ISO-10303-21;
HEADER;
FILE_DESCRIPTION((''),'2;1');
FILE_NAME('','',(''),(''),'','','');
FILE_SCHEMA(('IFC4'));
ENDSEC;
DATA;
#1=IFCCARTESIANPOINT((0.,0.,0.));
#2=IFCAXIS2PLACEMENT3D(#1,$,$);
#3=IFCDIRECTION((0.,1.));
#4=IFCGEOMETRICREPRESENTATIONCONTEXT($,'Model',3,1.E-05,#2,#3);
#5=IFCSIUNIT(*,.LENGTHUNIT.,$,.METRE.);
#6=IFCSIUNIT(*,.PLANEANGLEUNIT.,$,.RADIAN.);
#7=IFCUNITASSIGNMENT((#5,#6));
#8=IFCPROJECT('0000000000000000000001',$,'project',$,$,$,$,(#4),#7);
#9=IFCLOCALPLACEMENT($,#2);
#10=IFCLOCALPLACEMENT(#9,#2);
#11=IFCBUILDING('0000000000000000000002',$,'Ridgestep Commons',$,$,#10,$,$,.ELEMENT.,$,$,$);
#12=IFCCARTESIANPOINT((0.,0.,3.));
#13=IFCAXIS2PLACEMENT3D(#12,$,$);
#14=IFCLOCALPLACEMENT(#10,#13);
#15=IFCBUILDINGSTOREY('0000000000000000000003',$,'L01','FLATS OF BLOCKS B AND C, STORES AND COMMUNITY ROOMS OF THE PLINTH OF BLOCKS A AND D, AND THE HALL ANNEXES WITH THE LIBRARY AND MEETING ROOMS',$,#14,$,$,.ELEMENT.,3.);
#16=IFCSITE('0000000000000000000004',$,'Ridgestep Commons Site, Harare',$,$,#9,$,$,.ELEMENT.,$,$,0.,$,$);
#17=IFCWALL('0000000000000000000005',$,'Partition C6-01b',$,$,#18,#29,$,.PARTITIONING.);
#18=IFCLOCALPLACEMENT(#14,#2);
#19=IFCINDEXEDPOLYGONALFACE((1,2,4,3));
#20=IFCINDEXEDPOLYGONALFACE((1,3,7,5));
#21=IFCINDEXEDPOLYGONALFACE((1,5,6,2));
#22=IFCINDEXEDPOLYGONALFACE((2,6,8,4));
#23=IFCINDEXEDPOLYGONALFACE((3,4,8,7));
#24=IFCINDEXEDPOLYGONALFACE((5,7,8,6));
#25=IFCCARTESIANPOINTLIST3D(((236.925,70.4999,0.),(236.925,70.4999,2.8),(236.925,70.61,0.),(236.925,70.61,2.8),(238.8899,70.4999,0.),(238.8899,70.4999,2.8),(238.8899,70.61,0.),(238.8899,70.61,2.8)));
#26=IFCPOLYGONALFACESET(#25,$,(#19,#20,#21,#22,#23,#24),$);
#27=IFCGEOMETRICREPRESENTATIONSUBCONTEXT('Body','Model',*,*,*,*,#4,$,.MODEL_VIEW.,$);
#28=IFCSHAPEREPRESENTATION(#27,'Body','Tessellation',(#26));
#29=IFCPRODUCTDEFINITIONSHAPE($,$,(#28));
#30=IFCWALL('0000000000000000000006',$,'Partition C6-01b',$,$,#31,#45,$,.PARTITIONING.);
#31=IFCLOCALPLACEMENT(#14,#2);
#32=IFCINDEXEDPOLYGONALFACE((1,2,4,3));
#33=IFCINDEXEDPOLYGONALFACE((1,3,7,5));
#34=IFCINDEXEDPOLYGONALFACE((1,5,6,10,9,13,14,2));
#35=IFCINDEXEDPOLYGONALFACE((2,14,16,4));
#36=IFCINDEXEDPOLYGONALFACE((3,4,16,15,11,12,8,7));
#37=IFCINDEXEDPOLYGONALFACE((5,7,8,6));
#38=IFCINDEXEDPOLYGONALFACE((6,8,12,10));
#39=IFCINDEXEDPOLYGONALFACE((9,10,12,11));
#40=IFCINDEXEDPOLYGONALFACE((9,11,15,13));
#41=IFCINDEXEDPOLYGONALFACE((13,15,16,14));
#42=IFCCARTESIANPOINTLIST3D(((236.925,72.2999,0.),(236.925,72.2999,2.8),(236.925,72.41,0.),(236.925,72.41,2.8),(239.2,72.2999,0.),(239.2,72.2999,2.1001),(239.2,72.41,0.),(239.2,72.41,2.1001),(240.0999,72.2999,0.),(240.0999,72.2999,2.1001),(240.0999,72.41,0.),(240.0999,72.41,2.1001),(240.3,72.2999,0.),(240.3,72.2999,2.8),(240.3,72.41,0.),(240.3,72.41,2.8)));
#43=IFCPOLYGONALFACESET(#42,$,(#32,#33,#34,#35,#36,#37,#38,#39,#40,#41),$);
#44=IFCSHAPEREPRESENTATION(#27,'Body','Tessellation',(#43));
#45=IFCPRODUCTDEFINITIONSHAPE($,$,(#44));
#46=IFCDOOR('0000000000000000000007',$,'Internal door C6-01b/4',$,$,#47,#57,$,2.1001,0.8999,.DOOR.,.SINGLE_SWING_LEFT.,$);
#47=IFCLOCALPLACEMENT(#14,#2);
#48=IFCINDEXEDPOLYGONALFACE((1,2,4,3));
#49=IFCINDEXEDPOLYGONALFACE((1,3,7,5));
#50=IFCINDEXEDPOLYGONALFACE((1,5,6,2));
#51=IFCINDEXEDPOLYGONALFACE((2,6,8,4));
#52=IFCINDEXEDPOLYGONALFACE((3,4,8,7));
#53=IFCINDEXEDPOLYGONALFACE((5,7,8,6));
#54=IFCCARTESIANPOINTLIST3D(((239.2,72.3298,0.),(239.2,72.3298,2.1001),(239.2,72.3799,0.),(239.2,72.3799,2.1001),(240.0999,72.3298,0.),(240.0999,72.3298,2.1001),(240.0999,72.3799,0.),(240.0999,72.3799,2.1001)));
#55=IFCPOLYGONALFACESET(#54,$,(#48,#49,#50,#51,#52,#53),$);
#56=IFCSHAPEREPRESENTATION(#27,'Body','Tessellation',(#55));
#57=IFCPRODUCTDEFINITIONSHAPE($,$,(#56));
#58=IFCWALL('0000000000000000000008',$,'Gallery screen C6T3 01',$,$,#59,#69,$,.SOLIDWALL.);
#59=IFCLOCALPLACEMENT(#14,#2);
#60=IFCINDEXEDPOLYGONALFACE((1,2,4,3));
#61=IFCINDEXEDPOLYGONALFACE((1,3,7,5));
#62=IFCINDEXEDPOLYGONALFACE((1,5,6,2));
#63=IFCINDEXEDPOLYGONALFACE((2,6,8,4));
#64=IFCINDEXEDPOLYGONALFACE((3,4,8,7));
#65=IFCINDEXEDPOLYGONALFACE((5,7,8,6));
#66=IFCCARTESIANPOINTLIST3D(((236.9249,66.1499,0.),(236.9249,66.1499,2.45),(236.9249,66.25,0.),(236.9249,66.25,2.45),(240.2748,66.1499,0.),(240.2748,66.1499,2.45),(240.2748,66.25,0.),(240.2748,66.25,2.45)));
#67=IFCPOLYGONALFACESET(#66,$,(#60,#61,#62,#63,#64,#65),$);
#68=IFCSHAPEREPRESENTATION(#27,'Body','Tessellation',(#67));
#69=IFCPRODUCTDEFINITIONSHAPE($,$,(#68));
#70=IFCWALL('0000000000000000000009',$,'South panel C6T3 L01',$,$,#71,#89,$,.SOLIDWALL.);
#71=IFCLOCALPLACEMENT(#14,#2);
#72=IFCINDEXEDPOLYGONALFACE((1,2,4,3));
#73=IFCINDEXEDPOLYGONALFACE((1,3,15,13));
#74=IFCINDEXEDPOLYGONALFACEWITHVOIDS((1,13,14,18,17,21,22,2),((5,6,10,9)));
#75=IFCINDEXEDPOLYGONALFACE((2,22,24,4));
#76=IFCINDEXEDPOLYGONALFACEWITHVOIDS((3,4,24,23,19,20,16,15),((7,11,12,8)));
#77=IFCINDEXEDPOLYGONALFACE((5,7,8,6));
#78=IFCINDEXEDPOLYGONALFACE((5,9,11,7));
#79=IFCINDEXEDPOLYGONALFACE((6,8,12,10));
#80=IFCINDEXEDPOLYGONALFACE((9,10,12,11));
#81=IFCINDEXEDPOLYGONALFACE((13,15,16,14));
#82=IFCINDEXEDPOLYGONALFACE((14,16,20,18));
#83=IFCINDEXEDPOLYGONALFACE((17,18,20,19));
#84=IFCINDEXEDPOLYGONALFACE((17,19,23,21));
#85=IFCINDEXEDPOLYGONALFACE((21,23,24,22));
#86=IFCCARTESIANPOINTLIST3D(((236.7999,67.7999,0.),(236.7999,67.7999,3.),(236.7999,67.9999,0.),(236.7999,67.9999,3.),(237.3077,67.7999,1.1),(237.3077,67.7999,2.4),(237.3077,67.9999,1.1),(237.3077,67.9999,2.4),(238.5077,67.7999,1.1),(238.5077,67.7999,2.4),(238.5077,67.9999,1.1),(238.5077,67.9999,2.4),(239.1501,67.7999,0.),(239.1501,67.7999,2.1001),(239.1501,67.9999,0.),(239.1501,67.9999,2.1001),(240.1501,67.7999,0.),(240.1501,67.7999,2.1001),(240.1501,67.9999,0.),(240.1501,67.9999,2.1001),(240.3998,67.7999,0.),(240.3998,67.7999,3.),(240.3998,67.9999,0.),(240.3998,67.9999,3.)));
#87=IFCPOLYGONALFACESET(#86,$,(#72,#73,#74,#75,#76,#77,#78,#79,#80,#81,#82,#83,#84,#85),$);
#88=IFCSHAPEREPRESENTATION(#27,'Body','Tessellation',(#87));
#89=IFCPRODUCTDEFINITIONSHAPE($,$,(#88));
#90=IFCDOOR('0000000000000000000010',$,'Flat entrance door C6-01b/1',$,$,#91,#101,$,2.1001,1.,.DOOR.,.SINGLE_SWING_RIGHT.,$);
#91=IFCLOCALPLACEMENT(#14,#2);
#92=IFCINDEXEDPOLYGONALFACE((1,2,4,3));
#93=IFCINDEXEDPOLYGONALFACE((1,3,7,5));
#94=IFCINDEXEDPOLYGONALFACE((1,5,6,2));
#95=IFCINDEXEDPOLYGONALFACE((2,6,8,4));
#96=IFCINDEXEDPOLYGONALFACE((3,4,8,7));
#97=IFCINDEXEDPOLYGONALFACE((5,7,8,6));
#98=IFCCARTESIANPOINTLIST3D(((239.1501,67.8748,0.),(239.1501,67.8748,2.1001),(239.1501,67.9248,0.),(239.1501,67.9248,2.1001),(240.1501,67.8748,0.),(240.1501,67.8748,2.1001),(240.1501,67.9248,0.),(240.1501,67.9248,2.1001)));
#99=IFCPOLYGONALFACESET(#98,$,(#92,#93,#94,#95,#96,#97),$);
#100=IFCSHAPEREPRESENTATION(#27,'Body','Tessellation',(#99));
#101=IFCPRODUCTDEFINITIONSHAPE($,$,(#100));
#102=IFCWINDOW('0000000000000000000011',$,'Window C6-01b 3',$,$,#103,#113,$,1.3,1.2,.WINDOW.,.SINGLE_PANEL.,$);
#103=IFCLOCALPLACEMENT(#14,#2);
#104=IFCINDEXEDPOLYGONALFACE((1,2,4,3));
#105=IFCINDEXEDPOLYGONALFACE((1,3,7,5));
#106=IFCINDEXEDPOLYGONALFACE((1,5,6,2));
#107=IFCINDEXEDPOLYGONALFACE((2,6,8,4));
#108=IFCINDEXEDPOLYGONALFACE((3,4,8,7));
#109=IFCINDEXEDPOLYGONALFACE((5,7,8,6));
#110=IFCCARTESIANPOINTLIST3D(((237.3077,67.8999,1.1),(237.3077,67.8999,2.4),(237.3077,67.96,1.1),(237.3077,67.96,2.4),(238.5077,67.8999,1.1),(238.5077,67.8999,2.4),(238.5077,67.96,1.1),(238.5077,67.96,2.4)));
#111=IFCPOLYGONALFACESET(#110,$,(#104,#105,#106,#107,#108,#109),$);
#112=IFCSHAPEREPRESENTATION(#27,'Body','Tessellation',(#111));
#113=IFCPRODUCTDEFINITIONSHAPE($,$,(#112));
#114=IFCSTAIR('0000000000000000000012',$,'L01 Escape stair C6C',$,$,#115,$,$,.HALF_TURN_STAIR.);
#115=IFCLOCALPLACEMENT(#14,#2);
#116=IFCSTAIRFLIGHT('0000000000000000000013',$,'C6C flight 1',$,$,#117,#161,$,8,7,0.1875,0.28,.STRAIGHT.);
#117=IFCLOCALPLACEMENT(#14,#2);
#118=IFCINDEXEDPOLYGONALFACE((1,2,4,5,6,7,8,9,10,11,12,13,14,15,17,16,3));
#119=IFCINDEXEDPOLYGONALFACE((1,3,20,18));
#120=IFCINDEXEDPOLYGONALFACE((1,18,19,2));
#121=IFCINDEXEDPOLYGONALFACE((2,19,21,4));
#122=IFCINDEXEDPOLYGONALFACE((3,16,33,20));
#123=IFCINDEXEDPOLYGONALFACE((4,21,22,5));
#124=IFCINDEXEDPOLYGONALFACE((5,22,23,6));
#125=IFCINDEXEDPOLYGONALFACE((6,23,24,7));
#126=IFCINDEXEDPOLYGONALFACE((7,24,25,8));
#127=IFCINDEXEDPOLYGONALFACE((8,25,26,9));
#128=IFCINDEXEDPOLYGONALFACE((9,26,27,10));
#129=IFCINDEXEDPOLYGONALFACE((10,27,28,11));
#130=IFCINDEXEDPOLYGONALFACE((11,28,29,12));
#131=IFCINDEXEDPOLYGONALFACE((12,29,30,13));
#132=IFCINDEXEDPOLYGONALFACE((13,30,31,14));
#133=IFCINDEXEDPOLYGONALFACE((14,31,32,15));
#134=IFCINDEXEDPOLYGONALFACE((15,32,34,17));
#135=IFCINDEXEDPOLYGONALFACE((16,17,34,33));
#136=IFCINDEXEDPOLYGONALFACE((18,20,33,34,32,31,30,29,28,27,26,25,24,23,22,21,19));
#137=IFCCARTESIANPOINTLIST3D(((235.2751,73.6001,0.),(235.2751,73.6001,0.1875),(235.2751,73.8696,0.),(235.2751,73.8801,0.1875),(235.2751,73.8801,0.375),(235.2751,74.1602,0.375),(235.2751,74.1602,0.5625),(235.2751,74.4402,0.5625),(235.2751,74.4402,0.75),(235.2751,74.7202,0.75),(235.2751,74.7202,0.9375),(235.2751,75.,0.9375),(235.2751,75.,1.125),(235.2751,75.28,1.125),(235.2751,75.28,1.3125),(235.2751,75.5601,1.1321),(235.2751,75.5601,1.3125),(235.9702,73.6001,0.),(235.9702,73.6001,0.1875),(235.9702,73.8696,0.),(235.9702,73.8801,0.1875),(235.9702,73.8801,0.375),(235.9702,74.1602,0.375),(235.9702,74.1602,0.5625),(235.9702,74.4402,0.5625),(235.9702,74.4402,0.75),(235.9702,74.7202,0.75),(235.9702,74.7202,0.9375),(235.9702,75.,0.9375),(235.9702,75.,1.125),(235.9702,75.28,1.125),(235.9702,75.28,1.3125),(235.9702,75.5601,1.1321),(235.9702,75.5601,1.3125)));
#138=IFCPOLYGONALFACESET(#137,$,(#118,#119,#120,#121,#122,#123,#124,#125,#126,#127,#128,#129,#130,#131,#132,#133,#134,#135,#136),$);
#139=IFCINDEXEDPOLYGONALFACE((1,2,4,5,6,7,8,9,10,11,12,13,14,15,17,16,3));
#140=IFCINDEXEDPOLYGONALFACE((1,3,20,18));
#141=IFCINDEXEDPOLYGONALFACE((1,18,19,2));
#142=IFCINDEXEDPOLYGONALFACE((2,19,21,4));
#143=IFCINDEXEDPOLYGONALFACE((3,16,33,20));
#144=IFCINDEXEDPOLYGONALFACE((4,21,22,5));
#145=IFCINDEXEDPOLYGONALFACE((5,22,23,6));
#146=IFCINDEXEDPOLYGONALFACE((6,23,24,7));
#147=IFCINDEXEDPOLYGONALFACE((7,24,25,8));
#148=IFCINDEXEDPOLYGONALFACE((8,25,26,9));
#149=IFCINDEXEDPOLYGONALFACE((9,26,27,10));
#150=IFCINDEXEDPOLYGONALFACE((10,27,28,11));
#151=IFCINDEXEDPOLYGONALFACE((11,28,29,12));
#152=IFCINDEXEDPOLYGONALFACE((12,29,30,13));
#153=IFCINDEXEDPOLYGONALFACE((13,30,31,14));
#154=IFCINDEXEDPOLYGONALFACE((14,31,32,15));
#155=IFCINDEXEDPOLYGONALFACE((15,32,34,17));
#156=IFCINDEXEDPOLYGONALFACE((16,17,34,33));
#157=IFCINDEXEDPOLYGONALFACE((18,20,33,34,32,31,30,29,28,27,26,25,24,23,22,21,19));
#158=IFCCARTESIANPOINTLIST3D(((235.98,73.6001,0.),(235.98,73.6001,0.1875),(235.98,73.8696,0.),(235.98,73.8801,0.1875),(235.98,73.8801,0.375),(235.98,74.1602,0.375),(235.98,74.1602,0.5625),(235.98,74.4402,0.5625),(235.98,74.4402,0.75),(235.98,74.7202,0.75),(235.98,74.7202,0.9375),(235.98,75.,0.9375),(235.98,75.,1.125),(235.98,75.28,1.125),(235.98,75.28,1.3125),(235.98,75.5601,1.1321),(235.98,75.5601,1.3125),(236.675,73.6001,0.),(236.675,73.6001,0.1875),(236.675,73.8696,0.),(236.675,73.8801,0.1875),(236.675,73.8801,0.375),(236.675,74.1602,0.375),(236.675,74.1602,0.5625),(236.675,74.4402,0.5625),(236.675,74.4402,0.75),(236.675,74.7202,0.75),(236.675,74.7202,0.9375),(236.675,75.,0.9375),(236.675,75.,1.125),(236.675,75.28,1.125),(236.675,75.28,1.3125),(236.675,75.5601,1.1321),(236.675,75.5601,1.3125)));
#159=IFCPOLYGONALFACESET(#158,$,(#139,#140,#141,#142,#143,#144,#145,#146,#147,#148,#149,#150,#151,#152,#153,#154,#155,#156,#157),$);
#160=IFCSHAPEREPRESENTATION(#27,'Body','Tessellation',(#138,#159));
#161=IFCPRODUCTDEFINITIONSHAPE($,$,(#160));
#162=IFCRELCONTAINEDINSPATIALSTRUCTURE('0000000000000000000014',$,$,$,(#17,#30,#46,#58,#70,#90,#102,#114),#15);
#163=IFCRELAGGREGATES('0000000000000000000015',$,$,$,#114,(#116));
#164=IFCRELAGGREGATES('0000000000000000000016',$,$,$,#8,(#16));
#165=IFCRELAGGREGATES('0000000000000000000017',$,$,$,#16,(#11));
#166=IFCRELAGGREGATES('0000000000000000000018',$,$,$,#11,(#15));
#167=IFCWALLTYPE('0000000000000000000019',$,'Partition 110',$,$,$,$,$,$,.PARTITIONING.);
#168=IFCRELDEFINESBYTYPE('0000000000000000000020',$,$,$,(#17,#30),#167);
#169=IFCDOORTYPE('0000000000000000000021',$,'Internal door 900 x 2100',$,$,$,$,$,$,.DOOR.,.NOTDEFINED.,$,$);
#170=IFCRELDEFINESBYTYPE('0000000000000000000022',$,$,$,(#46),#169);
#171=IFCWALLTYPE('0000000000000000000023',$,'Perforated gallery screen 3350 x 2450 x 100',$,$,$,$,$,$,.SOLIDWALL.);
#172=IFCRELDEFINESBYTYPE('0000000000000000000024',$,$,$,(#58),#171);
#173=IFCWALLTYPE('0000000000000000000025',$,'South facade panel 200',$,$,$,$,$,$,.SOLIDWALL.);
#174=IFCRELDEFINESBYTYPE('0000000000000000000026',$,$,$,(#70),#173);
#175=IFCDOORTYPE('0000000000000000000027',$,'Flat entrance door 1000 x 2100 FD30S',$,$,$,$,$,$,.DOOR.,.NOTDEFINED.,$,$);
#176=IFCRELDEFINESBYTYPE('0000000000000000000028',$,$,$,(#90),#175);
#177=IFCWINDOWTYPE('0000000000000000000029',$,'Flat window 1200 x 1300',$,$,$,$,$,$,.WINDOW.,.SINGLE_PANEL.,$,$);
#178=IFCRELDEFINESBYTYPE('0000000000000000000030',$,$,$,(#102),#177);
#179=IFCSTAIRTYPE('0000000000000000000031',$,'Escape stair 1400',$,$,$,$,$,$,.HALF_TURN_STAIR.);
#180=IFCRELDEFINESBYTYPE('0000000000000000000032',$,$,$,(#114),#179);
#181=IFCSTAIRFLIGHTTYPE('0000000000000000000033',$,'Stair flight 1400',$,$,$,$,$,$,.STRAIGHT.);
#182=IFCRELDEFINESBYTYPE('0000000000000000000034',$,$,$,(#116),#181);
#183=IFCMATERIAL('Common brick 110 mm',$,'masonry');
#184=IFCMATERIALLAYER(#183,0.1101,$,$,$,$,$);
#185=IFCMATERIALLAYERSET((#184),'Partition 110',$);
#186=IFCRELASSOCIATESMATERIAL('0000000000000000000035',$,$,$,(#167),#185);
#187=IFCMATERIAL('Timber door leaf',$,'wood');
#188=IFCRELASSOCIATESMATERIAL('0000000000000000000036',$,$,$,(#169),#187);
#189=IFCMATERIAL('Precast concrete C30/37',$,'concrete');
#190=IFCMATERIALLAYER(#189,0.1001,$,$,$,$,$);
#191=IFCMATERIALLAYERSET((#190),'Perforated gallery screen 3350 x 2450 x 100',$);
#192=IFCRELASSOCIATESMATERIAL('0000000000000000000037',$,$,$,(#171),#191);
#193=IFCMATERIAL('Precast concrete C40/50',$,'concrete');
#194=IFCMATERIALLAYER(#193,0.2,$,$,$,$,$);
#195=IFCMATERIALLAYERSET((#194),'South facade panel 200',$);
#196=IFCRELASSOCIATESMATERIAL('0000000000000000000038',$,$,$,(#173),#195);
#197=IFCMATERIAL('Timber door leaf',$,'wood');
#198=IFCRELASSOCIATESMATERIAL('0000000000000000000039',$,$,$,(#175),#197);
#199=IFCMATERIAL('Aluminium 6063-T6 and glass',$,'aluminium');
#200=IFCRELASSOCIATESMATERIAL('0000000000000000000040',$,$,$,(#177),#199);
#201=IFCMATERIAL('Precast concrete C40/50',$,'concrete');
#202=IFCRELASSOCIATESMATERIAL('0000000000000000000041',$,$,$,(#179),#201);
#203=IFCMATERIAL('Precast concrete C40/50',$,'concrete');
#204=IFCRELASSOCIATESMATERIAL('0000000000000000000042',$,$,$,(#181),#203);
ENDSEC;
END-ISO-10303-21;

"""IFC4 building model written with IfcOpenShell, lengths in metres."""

from ifc_helpers import new_model, si_unit, direction, frame, frame_2d, origin, place, context, subcontext, project, spatial, polyline, rectangle, outline, extrude, material, layer, layer_set, type_object, element, fill, aggregate, save


model = new_model("IFC4")

# Units and contexts
model_context = context("Model", 3, precision=1e-05, world=origin(), true_north=direction((0.0, 1.0)))
body_context = subcontext(model_context, "Body", "Model", "MODEL_VIEW")
ifc_project = project(units=[si_unit("LENGTHUNIT", "METRE"), si_unit("PLANEANGLEUNIT", "RADIAN")], contexts=[model_context])

# Site, building, storey
site_placement = place(None, origin())
site = spatial("IfcSite", under=ifc_project, at=site_placement, Name="Ridgestep Commons Site, Harare", CompositionType="ELEMENT", RefElevation=0.0)
building_placement = place(site_placement, origin())
building = spatial("IfcBuilding", under=site, at=building_placement, Name="Ridgestep Commons", CompositionType="ELEMENT")
storey_placement = place(building_placement, frame((0.0, 0.0, 3.0)))
storey = spatial("IfcBuildingStorey", under=building, at=storey_placement, Name="L01", Description="FLATS OF BLOCKS B AND C, STORES AND COMMUNITY ROOMS OF THE PLINTH OF BLOCKS A AND D, AND THE HALL ANNEXES WITH THE LIBRARY AND MEETING ROOMS", CompositionType="ELEMENT", Elevation=3.0)

# Wall
ifc_material_1 = material(Name="Common brick 110 mm", Category="masonry")
ifc_layer_1 = layer(ifc_material_1, 0.1101)
ifc_layer_set_1 = layer_set([ifc_layer_1], Name="Partition 110")
wall_type_1 = type_object("IfcWallType", Name="Partition 110", PredefinedType="PARTITIONING", material=ifc_layer_set_1)
wall_1_placement = place(storey_placement, frame((236.925, 70.5549, 0.0), z_axis=(0.0, 0.0, 1.0), x_axis=(1.0, 0.0, 0.0)))
element("IfcWall", 1, at=wall_1_placement, inside=storey, type_object=wall_type_1, Name="Partition C6-01b", PredefinedType="PARTITIONING", context=body_context, shape_type="SweptSolid", body=[
    extrude(rectangle(XDim=1.9648, YDim=0.1101, at=frame_2d((0.9824, 0.0))), origin(), (0.0, 0.0, 1.0), 2.8),
])

# Wall, opening, door
wall_2_placement = place(storey_placement, frame((236.925, 72.355, 0.0), z_axis=(0.0, 0.0, 1.0), x_axis=(1.0, 0.0, 0.0)))
wall_2 = element("IfcWall", 2, at=wall_2_placement, inside=storey, type_object=wall_type_1, Name="Partition C6-01b", PredefinedType="PARTITIONING", context=body_context, shape_type="SweptSolid", body=[
    extrude(rectangle(XDim=3.375, YDim=0.1101, at=frame_2d((1.6875, 0.0))), origin(), (0.0, 0.0, 1.0), 2.8),
])
opening_1_placement = place(wall_2_placement, frame((2.2749, 0.0, 0.0)))
opening_1 = element("IfcOpeningElement", 3, at=opening_1_placement, cuts=wall_2, PredefinedType="OPENING", context=body_context, shape_type="SweptSolid", body=[
    extrude(rectangle(XDim=0.8999, YDim=2.1001, at=frame_2d((0.45, 1.05))), frame((0.0, 0.0649, 0.0), z_axis=(0.0, -1.0, 0.0), x_axis=(1.0, 0.0, 0.0)), (0.0, 0.0, 1.0), 0.1301),
])
ifc_material_2 = material(Name="Timber door leaf", Category="wood")
door_type_1 = type_object("IfcDoorType", Name="Internal door 900 x 2100", OperationType="NOTDEFINED", PredefinedType="DOOR", material=ifc_material_2)
door_1_placement = place(opening_1_placement, origin())
door_1 = element("IfcDoor", 4, at=door_1_placement, inside=storey, type_object=door_type_1, Name="Internal door C6-01b/4", OperationType="SINGLE_SWING_LEFT", OverallHeight=2.1001, OverallWidth=0.8999, PredefinedType="DOOR", context=body_context, shape_type="SweptSolid", body=[
    extrude(rectangle(XDim=0.8999, YDim=2.1001, at=frame_2d((0.45, 1.05))), frame((0.0, 0.0249, 0.0), z_axis=(0.0, -1.0, 0.0), x_axis=(1.0, 0.0, 0.0)), (0.0, 0.0, 1.0), 0.05),
])
fill(opening_1, door_1)

# Wall
ifc_material_3 = material(Name="Precast concrete C30/37", Category="concrete")
ifc_layer_2 = layer(ifc_material_3, 0.1001)
ifc_layer_set_2 = layer_set([ifc_layer_2], Name="Perforated gallery screen 3350 x 2450 x 100")
wall_type_2 = type_object("IfcWallType", Name="Perforated gallery screen 3350 x 2450 x 100", PredefinedType="SOLIDWALL", material=ifc_layer_set_2)
wall_3_placement = place(storey_placement, frame((236.925, 66.2, 0.0), z_axis=(0.0, 0.0, 1.0), x_axis=(1.0, 0.0, 0.0)))
element("IfcWall", 5, at=wall_3_placement, inside=storey, type_object=wall_type_2, Name="Gallery screen C6T3 01", PredefinedType="SOLIDWALL", context=body_context, shape_type="SweptSolid", body=[
    extrude(rectangle(XDim=3.3499, YDim=0.1001, at=frame_2d((1.6748, 0.0))), origin(), (0.0, 0.0, 1.0), 2.45),
])

# Wall, openings, door, window
ifc_material_4 = material(Name="Precast concrete C40/50", Category="concrete")
ifc_layer_3 = layer(ifc_material_4, 0.2)
ifc_layer_set_3 = layer_set([ifc_layer_3], Name="South facade panel 200")
wall_type_3 = type_object("IfcWallType", Name="South facade panel 200", PredefinedType="SOLIDWALL", material=ifc_layer_set_3)
wall_4_placement = place(storey_placement, frame((236.8, 67.8999, 0.0), z_axis=(0.0, 0.0, 1.0), x_axis=(1.0, 0.0, 0.0)))
wall_4 = element("IfcWall", 6, at=wall_4_placement, inside=storey, type_object=wall_type_3, Name="South panel C6T3 L01", PredefinedType="SOLIDWALL", context=body_context, shape_type="SweptSolid", body=[
    extrude(rectangle(XDim=3.5999, YDim=0.2, at=frame_2d((1.7998, 0.0))), origin(), (0.0, 0.0, 1.0), 3.0),
])
opening_2_placement = place(wall_4_placement, frame((0.5076, 0.0, 1.1001)))
opening_2 = element("IfcOpeningElement", 7, at=opening_2_placement, cuts=wall_4, PredefinedType="OPENING", context=body_context, shape_type="SweptSolid", body=[
    extrude(rectangle(XDim=1.2, YDim=1.3, at=frame_2d((0.6001, 0.6499))), frame((0.0, 0.1099, 0.0), z_axis=(0.0, -1.0, 0.0), x_axis=(1.0, 0.0, 0.0)), (0.0, 0.0, 1.0), 0.22),
])
opening_3_placement = place(wall_4_placement, frame((2.3501, 0.0, 0.0)))
opening_3 = element("IfcOpeningElement", 8, at=opening_3_placement, cuts=wall_4, PredefinedType="OPENING", context=body_context, shape_type="SweptSolid", body=[
    extrude(rectangle(XDim=1.0, YDim=2.1001, at=frame_2d((0.5, 1.05))), frame((0.0, 0.1099, 0.0), z_axis=(0.0, -1.0, 0.0), x_axis=(1.0, 0.0, 0.0)), (0.0, 0.0, 1.0), 0.22),
])
ifc_material_5 = material(Name="Timber door leaf", Category="wood")
door_type_2 = type_object("IfcDoorType", Name="Flat entrance door 1000 x 2100 FD30S", OperationType="NOTDEFINED", PredefinedType="DOOR", material=ifc_material_5)
door_2_placement = place(opening_3_placement, origin())
door_2 = element("IfcDoor", 9, at=door_2_placement, inside=storey, type_object=door_type_2, Name="Flat entrance door C6-01b/1", OperationType="SINGLE_SWING_RIGHT", OverallHeight=2.1001, OverallWidth=1.0, PredefinedType="DOOR", context=body_context, shape_type="SweptSolid", body=[
    extrude(rectangle(XDim=1.0, YDim=2.1001, at=frame_2d((0.5, 1.05))), frame((0.0, 0.0249, 0.0), z_axis=(0.0, -1.0, 0.0), x_axis=(1.0, 0.0, 0.0)), (0.0, 0.0, 1.0), 0.05),
])
fill(opening_3, door_2)
ifc_material_6 = material(Name="Aluminium 6063-T6 and glass", Category="aluminium")
window_type_1 = type_object("IfcWindowType", Name="Flat window 1200 x 1300", PartitioningType="SINGLE_PANEL", PredefinedType="WINDOW", material=ifc_material_6)
window_1_placement = place(opening_2_placement, origin())
window_1 = element("IfcWindow", 10, at=window_1_placement, inside=storey, type_object=window_type_1, Name="Window C6-01b 3", OverallHeight=1.3, OverallWidth=1.2, PartitioningType="SINGLE_PANEL", PredefinedType="WINDOW", context=body_context, shape_type="SweptSolid", body=[
    extrude(rectangle(XDim=1.2, YDim=1.3, at=frame_2d((0.6001, 0.6499))), frame((0.0, 0.0601, 0.0), z_axis=(0.0, -1.0, 0.0), x_axis=(1.0, 0.0, 0.0)), (0.0, 0.0, 1.0), 0.0601),
])
fill(opening_2, window_1)

# Stair, stair flight
ifc_material_7 = material(Name="Precast concrete C40/50", Category="concrete")
stair_type = type_object("IfcStairType", Name="Escape stair 1400", PredefinedType="HALF_TURN_STAIR", material=ifc_material_7)
stair_placement = place(storey_placement, origin())
stair = element("IfcStair", 11, at=stair_placement, inside=storey, type_object=stair_type, Name="L01 Escape stair C6C", PredefinedType="HALF_TURN_STAIR")
ifc_material_8 = material(Name="Precast concrete C40/50", Category="concrete")
stair_flight_type = type_object("IfcStairFlightType", Name="Stair flight 1400", PredefinedType="STRAIGHT", material=ifc_material_8)
stair_flight_placement = place(storey_placement, frame((235.9751, 73.6001, 0.0), z_axis=(0.0, 0.0, 1.0), x_axis=(0.0, 1.0, 0.0)))
stair_flight = element("IfcStairFlight", 12, at=stair_flight_placement, type_object=stair_flight_type, Name="C6C flight 1", NumberOfRisers=8, NumberOfTreads=7, PredefinedType="STRAIGHT", RiserHeight=0.1875, TreadLength=0.28, context=body_context, shape_type="SweptSolid", body=[
    extrude(outline(polyline([(0.0, 0.0), (0.0, 0.1875), (0.28, 0.1875), (0.28, 0.375), (0.5601, 0.375), (0.5601, 0.5625), (0.8401, 0.5625), (0.8401, 0.75), (1.1201, 0.75), (1.1201, 0.9375), (1.3999, 0.9375), (1.3999, 1.125), (1.6799, 1.125), (1.6799, 1.3125), (1.96, 1.3125), (1.96, 1.5), (1.96, 1.1321), (0.2695, 0.0), (0.0, 0.0)])), frame((0.0, 0.7, 0.0), z_axis=(0.0, -1.0, 0.0), x_axis=(1.0, 0.0, 0.0)), (0.0, 0.0, 1.0), 0.6951),
    extrude(outline(polyline([(0.0, 0.0), (0.0, 0.1875), (0.28, 0.1875), (0.28, 0.375), (0.5601, 0.375), (0.5601, 0.5625), (0.8401, 0.5625), (0.8401, 0.75), (1.1201, 0.75), (1.1201, 0.9375), (1.3999, 0.9375), (1.3999, 1.125), (1.6799, 1.125), (1.6799, 1.3125), (1.96, 1.3125), (1.96, 1.5), (1.96, 1.1321), (0.2695, 0.0), (0.0, 0.0)])), frame((0.0, -0.0049, 0.0), z_axis=(0.0, -1.0, 0.0), x_axis=(1.0, 0.0, 0.0)), (0.0, 0.0, 1.0), 0.6951),
])
aggregate(stair, [stair_flight])

save(model, "model.ifc")
